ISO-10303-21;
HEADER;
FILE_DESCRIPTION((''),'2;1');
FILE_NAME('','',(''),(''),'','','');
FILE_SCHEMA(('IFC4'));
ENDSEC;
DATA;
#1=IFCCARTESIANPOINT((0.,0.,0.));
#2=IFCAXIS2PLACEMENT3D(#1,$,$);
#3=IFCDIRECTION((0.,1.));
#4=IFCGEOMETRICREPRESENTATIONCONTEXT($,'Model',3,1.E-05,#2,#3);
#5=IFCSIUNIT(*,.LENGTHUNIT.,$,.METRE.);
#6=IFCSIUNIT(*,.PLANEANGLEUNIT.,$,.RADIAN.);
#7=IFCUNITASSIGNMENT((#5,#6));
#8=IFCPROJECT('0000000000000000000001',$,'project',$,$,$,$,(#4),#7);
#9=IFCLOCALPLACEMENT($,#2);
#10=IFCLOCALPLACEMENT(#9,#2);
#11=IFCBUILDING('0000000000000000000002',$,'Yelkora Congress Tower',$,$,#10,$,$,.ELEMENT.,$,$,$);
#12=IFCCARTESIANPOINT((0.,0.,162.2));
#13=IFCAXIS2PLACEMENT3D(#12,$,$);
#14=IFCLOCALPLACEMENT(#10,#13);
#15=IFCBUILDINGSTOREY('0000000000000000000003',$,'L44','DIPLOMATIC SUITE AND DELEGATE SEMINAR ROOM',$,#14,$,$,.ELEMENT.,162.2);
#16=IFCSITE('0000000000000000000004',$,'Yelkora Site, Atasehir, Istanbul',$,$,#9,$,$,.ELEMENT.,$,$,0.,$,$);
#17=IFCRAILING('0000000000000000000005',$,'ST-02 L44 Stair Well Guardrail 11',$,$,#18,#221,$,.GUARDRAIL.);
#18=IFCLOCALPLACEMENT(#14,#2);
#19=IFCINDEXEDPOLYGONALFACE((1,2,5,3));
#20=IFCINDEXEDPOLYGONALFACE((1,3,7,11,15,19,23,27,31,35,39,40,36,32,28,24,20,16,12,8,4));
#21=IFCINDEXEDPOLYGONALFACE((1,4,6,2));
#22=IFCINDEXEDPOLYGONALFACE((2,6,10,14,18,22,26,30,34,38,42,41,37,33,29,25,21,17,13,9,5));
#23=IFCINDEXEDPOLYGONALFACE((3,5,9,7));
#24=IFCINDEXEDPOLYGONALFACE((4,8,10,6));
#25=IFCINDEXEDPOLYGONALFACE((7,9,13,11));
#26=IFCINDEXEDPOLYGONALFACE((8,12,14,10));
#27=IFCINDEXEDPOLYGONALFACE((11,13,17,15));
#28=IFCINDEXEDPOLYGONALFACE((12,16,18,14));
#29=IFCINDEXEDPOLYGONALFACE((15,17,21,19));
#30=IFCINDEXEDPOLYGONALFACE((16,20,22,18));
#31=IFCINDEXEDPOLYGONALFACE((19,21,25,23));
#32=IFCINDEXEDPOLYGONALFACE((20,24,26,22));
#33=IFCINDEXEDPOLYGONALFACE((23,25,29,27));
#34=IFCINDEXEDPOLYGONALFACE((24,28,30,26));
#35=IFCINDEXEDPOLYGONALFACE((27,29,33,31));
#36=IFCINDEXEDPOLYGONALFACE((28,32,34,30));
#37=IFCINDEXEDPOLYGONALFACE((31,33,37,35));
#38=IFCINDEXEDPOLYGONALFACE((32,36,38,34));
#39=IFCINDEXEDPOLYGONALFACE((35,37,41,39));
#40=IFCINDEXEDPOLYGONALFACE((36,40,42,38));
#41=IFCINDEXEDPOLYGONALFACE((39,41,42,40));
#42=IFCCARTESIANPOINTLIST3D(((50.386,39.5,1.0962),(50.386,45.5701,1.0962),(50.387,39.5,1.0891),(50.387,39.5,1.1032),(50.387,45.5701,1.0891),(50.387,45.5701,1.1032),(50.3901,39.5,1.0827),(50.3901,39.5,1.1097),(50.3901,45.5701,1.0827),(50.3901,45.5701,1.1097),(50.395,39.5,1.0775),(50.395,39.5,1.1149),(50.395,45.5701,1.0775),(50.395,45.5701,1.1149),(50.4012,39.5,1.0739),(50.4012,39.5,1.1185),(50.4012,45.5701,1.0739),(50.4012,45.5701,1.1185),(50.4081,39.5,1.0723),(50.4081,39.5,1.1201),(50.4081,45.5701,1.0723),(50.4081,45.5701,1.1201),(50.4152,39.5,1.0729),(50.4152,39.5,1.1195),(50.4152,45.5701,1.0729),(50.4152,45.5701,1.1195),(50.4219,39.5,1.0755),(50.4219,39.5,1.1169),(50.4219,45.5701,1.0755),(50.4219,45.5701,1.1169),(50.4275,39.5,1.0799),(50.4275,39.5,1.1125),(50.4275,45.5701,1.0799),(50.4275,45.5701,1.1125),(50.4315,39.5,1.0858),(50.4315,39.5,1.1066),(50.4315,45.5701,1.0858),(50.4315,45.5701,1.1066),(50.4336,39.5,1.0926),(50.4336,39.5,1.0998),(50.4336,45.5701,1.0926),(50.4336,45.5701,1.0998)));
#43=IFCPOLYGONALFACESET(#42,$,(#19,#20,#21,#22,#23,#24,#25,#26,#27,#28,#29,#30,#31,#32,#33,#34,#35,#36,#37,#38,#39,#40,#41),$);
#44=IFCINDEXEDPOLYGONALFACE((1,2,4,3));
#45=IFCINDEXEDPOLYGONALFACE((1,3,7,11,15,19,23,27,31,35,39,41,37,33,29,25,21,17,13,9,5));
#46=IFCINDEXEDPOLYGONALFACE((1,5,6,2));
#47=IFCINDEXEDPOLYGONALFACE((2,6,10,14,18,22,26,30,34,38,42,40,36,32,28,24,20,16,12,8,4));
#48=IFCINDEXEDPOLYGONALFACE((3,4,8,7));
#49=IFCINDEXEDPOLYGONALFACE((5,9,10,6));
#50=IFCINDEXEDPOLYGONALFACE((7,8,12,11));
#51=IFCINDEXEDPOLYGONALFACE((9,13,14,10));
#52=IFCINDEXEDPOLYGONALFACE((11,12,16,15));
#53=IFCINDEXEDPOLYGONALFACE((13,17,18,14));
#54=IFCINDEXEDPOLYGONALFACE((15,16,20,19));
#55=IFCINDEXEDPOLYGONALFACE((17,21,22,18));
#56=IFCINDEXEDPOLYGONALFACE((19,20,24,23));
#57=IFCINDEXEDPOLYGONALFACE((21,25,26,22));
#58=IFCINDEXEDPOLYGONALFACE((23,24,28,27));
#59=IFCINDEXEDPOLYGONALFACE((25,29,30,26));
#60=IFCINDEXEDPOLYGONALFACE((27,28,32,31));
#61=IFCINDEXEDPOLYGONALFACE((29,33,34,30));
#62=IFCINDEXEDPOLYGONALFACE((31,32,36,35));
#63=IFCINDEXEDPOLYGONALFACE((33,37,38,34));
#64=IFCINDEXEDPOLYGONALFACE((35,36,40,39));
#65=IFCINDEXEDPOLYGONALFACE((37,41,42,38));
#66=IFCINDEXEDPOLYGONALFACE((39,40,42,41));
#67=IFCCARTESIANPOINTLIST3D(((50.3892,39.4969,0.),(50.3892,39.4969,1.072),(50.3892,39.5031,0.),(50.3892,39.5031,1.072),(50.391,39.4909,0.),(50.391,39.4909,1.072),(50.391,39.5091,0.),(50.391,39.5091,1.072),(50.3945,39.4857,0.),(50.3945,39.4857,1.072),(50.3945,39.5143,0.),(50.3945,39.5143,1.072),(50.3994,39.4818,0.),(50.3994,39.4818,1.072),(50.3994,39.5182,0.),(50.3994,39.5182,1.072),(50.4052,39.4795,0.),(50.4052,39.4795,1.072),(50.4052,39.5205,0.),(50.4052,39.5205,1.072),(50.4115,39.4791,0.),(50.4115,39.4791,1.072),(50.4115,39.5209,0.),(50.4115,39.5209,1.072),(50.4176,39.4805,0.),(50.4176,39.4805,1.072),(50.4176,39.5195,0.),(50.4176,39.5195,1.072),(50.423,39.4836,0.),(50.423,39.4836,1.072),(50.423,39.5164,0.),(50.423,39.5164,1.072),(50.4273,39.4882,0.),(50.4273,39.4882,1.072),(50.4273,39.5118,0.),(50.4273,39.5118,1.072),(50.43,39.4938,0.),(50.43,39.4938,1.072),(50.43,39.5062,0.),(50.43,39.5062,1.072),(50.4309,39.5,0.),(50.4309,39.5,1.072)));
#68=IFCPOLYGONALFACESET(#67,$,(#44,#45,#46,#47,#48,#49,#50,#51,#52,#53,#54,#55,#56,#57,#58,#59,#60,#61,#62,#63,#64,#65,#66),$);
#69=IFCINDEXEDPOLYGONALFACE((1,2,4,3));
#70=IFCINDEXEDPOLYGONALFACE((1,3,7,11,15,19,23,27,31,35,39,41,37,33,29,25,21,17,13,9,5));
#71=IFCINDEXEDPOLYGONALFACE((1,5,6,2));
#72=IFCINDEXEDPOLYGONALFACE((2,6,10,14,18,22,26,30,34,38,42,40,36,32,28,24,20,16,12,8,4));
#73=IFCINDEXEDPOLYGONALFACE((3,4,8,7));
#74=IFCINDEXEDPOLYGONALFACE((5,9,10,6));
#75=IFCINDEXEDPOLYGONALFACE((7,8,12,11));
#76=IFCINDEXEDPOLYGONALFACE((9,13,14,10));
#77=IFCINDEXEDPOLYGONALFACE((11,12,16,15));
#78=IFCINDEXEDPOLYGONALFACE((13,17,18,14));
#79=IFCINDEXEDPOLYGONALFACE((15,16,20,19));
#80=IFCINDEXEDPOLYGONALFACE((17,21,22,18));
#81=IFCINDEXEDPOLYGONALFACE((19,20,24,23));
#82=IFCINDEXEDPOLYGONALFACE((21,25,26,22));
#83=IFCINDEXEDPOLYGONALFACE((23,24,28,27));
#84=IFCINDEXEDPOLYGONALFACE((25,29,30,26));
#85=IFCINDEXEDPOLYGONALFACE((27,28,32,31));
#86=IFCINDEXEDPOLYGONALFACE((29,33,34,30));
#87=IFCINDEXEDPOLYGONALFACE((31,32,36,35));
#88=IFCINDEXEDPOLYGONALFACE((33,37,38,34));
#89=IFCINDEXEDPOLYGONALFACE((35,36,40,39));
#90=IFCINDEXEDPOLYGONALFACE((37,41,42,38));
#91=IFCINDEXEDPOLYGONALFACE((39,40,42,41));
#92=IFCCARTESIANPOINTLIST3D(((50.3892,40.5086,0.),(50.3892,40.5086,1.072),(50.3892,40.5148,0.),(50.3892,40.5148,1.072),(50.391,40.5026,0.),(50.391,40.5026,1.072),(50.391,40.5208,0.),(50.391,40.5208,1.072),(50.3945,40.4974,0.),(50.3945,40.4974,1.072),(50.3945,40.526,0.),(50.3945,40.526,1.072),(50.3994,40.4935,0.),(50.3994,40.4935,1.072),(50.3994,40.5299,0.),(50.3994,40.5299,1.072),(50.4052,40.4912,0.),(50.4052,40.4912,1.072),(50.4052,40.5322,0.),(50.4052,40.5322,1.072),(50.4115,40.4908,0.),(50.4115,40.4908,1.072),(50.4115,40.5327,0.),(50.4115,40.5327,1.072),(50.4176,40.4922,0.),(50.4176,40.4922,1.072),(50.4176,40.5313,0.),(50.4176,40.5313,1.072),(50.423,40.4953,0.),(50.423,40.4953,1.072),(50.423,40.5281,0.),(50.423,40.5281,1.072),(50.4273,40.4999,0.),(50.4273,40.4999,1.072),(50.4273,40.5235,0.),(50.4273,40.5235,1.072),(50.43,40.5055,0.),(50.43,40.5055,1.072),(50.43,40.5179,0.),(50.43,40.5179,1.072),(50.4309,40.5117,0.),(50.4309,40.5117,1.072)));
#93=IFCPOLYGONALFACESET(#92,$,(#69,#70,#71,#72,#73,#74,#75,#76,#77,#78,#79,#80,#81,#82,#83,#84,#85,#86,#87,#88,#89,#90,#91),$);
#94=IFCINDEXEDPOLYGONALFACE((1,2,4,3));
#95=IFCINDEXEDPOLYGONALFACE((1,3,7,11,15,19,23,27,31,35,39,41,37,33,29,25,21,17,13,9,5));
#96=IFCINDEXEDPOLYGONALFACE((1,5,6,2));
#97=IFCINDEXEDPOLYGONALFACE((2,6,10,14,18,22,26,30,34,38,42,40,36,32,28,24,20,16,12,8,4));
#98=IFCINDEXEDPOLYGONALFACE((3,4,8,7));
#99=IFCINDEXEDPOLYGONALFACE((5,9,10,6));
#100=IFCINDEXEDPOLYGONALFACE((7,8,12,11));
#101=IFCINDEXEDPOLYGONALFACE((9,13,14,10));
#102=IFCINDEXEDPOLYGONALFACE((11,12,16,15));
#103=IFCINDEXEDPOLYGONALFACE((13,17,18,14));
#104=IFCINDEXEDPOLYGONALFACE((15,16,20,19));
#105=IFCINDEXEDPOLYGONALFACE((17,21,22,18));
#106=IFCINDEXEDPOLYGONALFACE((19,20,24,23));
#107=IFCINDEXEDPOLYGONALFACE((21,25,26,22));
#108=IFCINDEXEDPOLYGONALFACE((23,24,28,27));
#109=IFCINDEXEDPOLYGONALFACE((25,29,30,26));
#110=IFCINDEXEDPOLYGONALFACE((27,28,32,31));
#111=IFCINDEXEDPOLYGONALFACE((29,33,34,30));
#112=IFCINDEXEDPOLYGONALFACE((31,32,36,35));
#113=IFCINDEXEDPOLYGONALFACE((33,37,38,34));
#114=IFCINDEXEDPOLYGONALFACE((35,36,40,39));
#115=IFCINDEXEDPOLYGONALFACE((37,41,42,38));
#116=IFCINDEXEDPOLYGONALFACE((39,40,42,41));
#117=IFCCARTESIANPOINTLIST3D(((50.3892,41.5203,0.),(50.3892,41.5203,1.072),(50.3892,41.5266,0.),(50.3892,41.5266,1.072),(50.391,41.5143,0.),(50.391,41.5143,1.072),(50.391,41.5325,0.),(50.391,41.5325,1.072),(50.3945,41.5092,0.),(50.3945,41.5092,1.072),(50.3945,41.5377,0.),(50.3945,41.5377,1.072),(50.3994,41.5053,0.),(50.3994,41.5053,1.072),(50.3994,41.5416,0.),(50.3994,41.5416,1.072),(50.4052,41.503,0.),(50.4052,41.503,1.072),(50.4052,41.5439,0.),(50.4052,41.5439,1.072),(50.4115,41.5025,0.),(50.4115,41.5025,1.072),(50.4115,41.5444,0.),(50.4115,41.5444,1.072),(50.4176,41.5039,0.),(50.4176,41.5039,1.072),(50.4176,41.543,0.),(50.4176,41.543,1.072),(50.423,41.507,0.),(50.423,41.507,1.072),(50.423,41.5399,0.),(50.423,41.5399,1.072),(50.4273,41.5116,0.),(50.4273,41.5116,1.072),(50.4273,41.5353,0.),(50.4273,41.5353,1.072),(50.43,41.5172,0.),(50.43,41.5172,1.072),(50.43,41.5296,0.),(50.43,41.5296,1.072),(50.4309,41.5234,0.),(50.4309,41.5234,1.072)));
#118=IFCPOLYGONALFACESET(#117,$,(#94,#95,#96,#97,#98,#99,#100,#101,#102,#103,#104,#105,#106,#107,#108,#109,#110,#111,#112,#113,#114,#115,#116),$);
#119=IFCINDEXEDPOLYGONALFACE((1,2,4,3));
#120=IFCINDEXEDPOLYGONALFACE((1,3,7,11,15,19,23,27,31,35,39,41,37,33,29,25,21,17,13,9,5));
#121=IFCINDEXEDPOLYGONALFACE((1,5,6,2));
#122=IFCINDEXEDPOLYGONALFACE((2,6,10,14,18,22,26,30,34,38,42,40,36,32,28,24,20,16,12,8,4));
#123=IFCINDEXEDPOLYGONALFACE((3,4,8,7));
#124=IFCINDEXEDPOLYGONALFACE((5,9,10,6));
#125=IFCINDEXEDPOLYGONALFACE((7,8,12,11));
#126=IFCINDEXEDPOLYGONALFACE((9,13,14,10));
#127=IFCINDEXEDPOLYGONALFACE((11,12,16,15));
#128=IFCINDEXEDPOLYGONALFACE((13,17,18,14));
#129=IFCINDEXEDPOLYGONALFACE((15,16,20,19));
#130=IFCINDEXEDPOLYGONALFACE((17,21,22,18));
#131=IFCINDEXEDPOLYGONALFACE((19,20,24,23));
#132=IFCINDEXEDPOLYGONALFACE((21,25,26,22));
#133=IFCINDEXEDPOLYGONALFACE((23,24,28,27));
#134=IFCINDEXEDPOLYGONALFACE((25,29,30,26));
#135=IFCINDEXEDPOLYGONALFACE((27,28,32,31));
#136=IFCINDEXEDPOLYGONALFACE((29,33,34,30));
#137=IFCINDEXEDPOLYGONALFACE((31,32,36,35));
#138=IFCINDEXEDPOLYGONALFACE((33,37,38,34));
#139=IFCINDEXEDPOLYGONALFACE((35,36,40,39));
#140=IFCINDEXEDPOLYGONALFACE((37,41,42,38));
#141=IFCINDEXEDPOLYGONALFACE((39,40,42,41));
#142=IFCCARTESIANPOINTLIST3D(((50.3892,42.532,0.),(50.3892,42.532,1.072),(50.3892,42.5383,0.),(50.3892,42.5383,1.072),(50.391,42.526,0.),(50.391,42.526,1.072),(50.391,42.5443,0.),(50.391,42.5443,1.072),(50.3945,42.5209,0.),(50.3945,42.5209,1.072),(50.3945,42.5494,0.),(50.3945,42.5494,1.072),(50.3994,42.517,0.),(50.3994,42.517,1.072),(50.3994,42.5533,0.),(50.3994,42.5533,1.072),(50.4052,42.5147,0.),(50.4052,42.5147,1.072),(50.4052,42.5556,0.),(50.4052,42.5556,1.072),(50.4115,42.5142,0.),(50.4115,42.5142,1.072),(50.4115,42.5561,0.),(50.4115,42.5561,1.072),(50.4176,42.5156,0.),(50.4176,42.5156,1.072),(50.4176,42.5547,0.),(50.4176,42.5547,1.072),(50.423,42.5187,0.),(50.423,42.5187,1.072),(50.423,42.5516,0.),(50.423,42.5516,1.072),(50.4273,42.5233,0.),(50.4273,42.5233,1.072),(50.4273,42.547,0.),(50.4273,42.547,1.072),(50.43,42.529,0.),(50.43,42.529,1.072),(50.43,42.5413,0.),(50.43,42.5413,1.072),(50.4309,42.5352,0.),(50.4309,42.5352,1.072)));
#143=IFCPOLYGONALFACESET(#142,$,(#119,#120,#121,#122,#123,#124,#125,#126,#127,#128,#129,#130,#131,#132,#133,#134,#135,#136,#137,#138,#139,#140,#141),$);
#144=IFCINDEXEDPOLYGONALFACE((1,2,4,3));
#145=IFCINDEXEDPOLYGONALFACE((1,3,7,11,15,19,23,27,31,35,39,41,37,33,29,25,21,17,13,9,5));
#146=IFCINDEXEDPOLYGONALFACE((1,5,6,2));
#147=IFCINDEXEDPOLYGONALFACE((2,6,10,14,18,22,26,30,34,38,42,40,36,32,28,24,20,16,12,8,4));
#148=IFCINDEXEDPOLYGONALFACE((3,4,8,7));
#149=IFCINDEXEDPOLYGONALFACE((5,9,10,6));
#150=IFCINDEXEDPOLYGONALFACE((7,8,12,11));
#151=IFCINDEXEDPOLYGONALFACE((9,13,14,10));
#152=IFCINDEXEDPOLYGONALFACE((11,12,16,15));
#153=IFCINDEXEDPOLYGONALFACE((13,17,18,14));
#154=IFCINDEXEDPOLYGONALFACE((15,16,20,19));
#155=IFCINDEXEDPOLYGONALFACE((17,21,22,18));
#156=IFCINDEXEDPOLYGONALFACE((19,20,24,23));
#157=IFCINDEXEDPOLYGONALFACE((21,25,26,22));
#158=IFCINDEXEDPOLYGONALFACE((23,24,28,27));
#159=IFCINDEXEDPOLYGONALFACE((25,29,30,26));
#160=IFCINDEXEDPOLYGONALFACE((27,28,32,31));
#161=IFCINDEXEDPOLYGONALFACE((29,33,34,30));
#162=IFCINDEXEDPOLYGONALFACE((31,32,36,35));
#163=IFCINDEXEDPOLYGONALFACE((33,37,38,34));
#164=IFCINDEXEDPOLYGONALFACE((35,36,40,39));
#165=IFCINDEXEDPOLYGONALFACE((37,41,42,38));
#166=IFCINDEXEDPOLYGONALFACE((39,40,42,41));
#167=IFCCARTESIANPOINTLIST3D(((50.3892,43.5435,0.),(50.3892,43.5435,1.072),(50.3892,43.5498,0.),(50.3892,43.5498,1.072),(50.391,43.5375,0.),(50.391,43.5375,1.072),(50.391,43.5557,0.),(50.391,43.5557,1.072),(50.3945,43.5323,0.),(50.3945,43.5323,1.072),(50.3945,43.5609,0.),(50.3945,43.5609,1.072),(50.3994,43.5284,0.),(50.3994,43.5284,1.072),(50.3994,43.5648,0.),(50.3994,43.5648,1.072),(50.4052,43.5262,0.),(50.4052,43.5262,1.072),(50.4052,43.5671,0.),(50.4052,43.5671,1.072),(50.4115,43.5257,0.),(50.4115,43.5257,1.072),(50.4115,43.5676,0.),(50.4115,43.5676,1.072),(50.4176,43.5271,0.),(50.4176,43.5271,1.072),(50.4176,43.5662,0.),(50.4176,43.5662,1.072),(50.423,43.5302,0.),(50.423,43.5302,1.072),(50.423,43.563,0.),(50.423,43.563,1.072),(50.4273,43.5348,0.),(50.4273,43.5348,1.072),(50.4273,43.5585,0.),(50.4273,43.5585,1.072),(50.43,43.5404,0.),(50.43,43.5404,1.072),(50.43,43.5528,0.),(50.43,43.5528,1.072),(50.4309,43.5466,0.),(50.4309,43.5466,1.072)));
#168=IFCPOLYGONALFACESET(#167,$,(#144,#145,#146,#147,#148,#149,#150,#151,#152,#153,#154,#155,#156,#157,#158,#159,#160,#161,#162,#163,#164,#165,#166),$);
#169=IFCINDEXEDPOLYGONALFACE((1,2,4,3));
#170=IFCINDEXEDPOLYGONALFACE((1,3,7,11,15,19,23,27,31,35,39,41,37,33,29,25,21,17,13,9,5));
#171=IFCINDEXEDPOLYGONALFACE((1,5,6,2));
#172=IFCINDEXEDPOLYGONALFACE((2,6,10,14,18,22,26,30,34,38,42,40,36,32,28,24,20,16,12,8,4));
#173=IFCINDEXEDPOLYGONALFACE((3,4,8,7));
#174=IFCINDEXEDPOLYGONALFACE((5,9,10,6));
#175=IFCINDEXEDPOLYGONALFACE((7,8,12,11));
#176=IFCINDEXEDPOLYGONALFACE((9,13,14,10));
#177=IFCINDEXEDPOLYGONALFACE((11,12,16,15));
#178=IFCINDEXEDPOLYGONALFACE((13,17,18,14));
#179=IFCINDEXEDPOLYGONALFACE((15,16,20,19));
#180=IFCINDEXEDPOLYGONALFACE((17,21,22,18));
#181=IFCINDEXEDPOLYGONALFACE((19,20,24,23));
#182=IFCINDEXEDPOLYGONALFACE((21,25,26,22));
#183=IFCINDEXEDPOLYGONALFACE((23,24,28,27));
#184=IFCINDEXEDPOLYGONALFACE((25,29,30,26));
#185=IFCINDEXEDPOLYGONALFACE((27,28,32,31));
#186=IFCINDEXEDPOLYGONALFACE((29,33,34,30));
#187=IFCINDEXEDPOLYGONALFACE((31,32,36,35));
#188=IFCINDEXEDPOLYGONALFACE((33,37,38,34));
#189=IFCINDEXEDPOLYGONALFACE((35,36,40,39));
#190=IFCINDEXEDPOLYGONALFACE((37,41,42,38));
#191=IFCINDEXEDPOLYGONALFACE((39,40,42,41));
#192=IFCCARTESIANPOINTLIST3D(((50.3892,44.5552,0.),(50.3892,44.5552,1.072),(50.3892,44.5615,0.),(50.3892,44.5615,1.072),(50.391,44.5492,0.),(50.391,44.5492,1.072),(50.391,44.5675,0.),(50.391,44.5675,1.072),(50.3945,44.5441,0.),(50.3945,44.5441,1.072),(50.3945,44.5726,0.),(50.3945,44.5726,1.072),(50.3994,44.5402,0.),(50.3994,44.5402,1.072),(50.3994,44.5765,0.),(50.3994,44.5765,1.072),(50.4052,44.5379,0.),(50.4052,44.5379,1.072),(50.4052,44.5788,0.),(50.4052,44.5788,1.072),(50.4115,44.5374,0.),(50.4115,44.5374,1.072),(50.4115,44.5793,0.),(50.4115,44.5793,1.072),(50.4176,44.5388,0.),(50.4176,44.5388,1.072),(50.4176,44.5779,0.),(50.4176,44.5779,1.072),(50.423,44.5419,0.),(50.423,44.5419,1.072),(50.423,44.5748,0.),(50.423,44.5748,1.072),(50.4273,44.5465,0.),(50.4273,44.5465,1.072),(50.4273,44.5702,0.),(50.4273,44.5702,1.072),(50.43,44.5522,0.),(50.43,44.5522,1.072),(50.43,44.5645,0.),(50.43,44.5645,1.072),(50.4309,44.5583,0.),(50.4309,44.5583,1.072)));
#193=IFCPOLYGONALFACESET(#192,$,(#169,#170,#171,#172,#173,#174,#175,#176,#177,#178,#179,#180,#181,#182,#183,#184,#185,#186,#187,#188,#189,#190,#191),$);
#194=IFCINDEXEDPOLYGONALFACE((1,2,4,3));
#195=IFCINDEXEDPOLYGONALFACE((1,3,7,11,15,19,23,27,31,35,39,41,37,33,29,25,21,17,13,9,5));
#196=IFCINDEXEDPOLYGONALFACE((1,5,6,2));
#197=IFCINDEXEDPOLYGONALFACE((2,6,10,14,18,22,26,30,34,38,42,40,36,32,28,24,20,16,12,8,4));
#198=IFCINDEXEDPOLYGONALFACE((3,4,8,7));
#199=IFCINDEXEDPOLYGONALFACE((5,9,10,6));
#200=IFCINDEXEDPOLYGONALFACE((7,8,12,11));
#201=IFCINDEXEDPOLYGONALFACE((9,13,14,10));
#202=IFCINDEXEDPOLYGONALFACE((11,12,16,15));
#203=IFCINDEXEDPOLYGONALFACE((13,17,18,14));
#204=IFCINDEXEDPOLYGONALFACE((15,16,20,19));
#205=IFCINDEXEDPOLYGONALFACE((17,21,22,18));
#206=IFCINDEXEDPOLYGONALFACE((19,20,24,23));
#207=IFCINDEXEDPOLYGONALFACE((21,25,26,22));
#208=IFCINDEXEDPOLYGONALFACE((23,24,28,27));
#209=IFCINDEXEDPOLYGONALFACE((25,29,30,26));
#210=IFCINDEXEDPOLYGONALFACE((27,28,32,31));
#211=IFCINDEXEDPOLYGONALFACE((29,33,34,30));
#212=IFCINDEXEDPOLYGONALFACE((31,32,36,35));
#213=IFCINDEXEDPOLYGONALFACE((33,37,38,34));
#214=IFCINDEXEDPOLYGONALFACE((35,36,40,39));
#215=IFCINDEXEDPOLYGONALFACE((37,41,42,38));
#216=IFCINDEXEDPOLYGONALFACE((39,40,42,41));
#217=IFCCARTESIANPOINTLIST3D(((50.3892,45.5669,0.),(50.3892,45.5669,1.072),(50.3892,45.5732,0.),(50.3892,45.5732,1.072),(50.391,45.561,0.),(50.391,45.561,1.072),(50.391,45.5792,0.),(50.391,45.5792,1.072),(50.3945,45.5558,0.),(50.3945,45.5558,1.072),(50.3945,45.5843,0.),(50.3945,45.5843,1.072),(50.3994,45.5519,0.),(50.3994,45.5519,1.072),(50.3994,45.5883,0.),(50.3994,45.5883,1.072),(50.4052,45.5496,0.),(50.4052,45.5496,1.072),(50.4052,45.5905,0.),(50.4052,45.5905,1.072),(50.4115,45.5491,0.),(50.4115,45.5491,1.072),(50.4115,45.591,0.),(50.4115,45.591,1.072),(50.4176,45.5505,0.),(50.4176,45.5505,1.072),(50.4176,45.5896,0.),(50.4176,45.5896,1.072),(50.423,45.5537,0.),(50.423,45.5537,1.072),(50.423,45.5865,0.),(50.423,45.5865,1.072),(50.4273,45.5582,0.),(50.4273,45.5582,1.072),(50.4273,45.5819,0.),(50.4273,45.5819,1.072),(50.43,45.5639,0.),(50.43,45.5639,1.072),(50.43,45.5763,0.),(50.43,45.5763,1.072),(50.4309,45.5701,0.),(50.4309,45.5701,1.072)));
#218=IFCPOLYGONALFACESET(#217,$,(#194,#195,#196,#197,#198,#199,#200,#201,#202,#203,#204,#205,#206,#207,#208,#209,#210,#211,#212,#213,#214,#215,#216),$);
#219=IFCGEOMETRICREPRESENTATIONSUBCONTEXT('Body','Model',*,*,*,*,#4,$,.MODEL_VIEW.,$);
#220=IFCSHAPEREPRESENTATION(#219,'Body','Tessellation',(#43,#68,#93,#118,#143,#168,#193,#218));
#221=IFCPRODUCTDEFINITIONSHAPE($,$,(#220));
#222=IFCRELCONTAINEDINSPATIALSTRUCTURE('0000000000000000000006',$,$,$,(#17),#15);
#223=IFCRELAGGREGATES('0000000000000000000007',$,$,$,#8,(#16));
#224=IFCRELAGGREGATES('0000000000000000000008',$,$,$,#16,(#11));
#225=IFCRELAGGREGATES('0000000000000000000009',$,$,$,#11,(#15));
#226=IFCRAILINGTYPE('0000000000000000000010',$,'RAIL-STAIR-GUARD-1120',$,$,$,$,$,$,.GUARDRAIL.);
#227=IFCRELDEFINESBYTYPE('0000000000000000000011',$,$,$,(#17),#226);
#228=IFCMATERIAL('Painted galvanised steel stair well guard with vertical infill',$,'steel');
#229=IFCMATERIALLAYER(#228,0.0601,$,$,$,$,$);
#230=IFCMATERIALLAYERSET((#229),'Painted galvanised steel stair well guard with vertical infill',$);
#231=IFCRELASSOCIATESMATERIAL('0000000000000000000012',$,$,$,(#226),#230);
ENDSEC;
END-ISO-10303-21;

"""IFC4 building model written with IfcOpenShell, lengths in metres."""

from ifc_helpers import new_model, si_unit, direction, frame, origin, origin_2d, place, context, subcontext, project, spatial, circle, extrude, material, layer, layer_set, type_object, element, save


model = new_model("IFC4")

# Units and contexts
model_context = context("Model", 3, precision=1e-05, world=origin(), true_north=direction((0.0, 1.0)))
body_context = subcontext(model_context, "Body", "Model", "MODEL_VIEW")
ifc_project = project(units=[si_unit("LENGTHUNIT", "METRE"), si_unit("PLANEANGLEUNIT", "RADIAN")], contexts=[model_context])

# Site, building, storey
site_placement = place(None, origin())
site = spatial("IfcSite", under=ifc_project, at=site_placement, Name="Yelkora Site, Atasehir, Istanbul", CompositionType="ELEMENT", RefElevation=0.0)
building_placement = place(site_placement, origin())
building = spatial("IfcBuilding", under=site, at=building_placement, Name="Yelkora Congress Tower", CompositionType="ELEMENT")
storey_placement = place(building_placement, frame((0.0, 0.0, 162.2)))
storey = spatial("IfcBuildingStorey", under=building, at=storey_placement, Name="L44", Description="DIPLOMATIC SUITE AND DELEGATE SEMINAR ROOM", CompositionType="ELEMENT", Elevation=162.2)

# Railing
ifc_material_1 = material(Name="Painted galvanised steel stair well guard with vertical infill", Category="steel")
ifc_layer_1 = layer(ifc_material_1, 0.0601)
ifc_layer_set_1 = layer_set([ifc_layer_1], Name="Painted galvanised steel stair well guard with vertical infill")
railing_type_1 = type_object("IfcRailingType", Name="RAIL-STAIR-GUARD-1120", PredefinedType="GUARDRAIL", material=ifc_layer_set_1)
railing_1_placement = place(storey_placement, frame((50.4099, 39.5, 0.0)))
element("IfcRailing", 1, at=railing_1_placement, inside=storey, type_object=railing_type_1, Name="ST-02 L44 Stair Well Guardrail 11", PredefinedType="GUARDRAIL", context=body_context, shape_type="SweptSolid", body=[
    extrude(circle(Radius=0.0239, at=origin_2d()), frame((0.0, 0.0, 1.0962), z_axis=(0.0, 1.0, 0.0), x_axis=(-1.0, 0.0, 0.0)), (0.0, 0.0, 1.0), 6.0701),
    extrude(circle(Radius=0.021, at=origin_2d()), origin(), (0.0, 0.0, 1.0), 1.072),
    extrude(circle(Radius=0.021, at=origin_2d()), frame((0.0, 1.0117, 0.0)), (0.0, 0.0, 1.0), 1.072),
    extrude(circle(Radius=0.021, at=origin_2d()), frame((0.0, 2.0234, 0.0)), (0.0, 0.0, 1.0), 1.072),
    extrude(circle(Radius=0.021, at=origin_2d()), frame((0.0, 3.0352, 0.0)), (0.0, 0.0, 1.0), 1.072),
    extrude(circle(Radius=0.021, at=origin_2d()), frame((0.0, 4.0466, 0.0)), (0.0, 0.0, 1.0), 1.072),
    extrude(circle(Radius=0.021, at=origin_2d()), frame((0.0, 5.0583, 0.0)), (0.0, 0.0, 1.0), 1.072),
    extrude(circle(Radius=0.021, at=origin_2d()), frame((0.0, 6.0701, 0.0)), (0.0, 0.0, 1.0), 1.072),
])

save(model, "model.ifc")
